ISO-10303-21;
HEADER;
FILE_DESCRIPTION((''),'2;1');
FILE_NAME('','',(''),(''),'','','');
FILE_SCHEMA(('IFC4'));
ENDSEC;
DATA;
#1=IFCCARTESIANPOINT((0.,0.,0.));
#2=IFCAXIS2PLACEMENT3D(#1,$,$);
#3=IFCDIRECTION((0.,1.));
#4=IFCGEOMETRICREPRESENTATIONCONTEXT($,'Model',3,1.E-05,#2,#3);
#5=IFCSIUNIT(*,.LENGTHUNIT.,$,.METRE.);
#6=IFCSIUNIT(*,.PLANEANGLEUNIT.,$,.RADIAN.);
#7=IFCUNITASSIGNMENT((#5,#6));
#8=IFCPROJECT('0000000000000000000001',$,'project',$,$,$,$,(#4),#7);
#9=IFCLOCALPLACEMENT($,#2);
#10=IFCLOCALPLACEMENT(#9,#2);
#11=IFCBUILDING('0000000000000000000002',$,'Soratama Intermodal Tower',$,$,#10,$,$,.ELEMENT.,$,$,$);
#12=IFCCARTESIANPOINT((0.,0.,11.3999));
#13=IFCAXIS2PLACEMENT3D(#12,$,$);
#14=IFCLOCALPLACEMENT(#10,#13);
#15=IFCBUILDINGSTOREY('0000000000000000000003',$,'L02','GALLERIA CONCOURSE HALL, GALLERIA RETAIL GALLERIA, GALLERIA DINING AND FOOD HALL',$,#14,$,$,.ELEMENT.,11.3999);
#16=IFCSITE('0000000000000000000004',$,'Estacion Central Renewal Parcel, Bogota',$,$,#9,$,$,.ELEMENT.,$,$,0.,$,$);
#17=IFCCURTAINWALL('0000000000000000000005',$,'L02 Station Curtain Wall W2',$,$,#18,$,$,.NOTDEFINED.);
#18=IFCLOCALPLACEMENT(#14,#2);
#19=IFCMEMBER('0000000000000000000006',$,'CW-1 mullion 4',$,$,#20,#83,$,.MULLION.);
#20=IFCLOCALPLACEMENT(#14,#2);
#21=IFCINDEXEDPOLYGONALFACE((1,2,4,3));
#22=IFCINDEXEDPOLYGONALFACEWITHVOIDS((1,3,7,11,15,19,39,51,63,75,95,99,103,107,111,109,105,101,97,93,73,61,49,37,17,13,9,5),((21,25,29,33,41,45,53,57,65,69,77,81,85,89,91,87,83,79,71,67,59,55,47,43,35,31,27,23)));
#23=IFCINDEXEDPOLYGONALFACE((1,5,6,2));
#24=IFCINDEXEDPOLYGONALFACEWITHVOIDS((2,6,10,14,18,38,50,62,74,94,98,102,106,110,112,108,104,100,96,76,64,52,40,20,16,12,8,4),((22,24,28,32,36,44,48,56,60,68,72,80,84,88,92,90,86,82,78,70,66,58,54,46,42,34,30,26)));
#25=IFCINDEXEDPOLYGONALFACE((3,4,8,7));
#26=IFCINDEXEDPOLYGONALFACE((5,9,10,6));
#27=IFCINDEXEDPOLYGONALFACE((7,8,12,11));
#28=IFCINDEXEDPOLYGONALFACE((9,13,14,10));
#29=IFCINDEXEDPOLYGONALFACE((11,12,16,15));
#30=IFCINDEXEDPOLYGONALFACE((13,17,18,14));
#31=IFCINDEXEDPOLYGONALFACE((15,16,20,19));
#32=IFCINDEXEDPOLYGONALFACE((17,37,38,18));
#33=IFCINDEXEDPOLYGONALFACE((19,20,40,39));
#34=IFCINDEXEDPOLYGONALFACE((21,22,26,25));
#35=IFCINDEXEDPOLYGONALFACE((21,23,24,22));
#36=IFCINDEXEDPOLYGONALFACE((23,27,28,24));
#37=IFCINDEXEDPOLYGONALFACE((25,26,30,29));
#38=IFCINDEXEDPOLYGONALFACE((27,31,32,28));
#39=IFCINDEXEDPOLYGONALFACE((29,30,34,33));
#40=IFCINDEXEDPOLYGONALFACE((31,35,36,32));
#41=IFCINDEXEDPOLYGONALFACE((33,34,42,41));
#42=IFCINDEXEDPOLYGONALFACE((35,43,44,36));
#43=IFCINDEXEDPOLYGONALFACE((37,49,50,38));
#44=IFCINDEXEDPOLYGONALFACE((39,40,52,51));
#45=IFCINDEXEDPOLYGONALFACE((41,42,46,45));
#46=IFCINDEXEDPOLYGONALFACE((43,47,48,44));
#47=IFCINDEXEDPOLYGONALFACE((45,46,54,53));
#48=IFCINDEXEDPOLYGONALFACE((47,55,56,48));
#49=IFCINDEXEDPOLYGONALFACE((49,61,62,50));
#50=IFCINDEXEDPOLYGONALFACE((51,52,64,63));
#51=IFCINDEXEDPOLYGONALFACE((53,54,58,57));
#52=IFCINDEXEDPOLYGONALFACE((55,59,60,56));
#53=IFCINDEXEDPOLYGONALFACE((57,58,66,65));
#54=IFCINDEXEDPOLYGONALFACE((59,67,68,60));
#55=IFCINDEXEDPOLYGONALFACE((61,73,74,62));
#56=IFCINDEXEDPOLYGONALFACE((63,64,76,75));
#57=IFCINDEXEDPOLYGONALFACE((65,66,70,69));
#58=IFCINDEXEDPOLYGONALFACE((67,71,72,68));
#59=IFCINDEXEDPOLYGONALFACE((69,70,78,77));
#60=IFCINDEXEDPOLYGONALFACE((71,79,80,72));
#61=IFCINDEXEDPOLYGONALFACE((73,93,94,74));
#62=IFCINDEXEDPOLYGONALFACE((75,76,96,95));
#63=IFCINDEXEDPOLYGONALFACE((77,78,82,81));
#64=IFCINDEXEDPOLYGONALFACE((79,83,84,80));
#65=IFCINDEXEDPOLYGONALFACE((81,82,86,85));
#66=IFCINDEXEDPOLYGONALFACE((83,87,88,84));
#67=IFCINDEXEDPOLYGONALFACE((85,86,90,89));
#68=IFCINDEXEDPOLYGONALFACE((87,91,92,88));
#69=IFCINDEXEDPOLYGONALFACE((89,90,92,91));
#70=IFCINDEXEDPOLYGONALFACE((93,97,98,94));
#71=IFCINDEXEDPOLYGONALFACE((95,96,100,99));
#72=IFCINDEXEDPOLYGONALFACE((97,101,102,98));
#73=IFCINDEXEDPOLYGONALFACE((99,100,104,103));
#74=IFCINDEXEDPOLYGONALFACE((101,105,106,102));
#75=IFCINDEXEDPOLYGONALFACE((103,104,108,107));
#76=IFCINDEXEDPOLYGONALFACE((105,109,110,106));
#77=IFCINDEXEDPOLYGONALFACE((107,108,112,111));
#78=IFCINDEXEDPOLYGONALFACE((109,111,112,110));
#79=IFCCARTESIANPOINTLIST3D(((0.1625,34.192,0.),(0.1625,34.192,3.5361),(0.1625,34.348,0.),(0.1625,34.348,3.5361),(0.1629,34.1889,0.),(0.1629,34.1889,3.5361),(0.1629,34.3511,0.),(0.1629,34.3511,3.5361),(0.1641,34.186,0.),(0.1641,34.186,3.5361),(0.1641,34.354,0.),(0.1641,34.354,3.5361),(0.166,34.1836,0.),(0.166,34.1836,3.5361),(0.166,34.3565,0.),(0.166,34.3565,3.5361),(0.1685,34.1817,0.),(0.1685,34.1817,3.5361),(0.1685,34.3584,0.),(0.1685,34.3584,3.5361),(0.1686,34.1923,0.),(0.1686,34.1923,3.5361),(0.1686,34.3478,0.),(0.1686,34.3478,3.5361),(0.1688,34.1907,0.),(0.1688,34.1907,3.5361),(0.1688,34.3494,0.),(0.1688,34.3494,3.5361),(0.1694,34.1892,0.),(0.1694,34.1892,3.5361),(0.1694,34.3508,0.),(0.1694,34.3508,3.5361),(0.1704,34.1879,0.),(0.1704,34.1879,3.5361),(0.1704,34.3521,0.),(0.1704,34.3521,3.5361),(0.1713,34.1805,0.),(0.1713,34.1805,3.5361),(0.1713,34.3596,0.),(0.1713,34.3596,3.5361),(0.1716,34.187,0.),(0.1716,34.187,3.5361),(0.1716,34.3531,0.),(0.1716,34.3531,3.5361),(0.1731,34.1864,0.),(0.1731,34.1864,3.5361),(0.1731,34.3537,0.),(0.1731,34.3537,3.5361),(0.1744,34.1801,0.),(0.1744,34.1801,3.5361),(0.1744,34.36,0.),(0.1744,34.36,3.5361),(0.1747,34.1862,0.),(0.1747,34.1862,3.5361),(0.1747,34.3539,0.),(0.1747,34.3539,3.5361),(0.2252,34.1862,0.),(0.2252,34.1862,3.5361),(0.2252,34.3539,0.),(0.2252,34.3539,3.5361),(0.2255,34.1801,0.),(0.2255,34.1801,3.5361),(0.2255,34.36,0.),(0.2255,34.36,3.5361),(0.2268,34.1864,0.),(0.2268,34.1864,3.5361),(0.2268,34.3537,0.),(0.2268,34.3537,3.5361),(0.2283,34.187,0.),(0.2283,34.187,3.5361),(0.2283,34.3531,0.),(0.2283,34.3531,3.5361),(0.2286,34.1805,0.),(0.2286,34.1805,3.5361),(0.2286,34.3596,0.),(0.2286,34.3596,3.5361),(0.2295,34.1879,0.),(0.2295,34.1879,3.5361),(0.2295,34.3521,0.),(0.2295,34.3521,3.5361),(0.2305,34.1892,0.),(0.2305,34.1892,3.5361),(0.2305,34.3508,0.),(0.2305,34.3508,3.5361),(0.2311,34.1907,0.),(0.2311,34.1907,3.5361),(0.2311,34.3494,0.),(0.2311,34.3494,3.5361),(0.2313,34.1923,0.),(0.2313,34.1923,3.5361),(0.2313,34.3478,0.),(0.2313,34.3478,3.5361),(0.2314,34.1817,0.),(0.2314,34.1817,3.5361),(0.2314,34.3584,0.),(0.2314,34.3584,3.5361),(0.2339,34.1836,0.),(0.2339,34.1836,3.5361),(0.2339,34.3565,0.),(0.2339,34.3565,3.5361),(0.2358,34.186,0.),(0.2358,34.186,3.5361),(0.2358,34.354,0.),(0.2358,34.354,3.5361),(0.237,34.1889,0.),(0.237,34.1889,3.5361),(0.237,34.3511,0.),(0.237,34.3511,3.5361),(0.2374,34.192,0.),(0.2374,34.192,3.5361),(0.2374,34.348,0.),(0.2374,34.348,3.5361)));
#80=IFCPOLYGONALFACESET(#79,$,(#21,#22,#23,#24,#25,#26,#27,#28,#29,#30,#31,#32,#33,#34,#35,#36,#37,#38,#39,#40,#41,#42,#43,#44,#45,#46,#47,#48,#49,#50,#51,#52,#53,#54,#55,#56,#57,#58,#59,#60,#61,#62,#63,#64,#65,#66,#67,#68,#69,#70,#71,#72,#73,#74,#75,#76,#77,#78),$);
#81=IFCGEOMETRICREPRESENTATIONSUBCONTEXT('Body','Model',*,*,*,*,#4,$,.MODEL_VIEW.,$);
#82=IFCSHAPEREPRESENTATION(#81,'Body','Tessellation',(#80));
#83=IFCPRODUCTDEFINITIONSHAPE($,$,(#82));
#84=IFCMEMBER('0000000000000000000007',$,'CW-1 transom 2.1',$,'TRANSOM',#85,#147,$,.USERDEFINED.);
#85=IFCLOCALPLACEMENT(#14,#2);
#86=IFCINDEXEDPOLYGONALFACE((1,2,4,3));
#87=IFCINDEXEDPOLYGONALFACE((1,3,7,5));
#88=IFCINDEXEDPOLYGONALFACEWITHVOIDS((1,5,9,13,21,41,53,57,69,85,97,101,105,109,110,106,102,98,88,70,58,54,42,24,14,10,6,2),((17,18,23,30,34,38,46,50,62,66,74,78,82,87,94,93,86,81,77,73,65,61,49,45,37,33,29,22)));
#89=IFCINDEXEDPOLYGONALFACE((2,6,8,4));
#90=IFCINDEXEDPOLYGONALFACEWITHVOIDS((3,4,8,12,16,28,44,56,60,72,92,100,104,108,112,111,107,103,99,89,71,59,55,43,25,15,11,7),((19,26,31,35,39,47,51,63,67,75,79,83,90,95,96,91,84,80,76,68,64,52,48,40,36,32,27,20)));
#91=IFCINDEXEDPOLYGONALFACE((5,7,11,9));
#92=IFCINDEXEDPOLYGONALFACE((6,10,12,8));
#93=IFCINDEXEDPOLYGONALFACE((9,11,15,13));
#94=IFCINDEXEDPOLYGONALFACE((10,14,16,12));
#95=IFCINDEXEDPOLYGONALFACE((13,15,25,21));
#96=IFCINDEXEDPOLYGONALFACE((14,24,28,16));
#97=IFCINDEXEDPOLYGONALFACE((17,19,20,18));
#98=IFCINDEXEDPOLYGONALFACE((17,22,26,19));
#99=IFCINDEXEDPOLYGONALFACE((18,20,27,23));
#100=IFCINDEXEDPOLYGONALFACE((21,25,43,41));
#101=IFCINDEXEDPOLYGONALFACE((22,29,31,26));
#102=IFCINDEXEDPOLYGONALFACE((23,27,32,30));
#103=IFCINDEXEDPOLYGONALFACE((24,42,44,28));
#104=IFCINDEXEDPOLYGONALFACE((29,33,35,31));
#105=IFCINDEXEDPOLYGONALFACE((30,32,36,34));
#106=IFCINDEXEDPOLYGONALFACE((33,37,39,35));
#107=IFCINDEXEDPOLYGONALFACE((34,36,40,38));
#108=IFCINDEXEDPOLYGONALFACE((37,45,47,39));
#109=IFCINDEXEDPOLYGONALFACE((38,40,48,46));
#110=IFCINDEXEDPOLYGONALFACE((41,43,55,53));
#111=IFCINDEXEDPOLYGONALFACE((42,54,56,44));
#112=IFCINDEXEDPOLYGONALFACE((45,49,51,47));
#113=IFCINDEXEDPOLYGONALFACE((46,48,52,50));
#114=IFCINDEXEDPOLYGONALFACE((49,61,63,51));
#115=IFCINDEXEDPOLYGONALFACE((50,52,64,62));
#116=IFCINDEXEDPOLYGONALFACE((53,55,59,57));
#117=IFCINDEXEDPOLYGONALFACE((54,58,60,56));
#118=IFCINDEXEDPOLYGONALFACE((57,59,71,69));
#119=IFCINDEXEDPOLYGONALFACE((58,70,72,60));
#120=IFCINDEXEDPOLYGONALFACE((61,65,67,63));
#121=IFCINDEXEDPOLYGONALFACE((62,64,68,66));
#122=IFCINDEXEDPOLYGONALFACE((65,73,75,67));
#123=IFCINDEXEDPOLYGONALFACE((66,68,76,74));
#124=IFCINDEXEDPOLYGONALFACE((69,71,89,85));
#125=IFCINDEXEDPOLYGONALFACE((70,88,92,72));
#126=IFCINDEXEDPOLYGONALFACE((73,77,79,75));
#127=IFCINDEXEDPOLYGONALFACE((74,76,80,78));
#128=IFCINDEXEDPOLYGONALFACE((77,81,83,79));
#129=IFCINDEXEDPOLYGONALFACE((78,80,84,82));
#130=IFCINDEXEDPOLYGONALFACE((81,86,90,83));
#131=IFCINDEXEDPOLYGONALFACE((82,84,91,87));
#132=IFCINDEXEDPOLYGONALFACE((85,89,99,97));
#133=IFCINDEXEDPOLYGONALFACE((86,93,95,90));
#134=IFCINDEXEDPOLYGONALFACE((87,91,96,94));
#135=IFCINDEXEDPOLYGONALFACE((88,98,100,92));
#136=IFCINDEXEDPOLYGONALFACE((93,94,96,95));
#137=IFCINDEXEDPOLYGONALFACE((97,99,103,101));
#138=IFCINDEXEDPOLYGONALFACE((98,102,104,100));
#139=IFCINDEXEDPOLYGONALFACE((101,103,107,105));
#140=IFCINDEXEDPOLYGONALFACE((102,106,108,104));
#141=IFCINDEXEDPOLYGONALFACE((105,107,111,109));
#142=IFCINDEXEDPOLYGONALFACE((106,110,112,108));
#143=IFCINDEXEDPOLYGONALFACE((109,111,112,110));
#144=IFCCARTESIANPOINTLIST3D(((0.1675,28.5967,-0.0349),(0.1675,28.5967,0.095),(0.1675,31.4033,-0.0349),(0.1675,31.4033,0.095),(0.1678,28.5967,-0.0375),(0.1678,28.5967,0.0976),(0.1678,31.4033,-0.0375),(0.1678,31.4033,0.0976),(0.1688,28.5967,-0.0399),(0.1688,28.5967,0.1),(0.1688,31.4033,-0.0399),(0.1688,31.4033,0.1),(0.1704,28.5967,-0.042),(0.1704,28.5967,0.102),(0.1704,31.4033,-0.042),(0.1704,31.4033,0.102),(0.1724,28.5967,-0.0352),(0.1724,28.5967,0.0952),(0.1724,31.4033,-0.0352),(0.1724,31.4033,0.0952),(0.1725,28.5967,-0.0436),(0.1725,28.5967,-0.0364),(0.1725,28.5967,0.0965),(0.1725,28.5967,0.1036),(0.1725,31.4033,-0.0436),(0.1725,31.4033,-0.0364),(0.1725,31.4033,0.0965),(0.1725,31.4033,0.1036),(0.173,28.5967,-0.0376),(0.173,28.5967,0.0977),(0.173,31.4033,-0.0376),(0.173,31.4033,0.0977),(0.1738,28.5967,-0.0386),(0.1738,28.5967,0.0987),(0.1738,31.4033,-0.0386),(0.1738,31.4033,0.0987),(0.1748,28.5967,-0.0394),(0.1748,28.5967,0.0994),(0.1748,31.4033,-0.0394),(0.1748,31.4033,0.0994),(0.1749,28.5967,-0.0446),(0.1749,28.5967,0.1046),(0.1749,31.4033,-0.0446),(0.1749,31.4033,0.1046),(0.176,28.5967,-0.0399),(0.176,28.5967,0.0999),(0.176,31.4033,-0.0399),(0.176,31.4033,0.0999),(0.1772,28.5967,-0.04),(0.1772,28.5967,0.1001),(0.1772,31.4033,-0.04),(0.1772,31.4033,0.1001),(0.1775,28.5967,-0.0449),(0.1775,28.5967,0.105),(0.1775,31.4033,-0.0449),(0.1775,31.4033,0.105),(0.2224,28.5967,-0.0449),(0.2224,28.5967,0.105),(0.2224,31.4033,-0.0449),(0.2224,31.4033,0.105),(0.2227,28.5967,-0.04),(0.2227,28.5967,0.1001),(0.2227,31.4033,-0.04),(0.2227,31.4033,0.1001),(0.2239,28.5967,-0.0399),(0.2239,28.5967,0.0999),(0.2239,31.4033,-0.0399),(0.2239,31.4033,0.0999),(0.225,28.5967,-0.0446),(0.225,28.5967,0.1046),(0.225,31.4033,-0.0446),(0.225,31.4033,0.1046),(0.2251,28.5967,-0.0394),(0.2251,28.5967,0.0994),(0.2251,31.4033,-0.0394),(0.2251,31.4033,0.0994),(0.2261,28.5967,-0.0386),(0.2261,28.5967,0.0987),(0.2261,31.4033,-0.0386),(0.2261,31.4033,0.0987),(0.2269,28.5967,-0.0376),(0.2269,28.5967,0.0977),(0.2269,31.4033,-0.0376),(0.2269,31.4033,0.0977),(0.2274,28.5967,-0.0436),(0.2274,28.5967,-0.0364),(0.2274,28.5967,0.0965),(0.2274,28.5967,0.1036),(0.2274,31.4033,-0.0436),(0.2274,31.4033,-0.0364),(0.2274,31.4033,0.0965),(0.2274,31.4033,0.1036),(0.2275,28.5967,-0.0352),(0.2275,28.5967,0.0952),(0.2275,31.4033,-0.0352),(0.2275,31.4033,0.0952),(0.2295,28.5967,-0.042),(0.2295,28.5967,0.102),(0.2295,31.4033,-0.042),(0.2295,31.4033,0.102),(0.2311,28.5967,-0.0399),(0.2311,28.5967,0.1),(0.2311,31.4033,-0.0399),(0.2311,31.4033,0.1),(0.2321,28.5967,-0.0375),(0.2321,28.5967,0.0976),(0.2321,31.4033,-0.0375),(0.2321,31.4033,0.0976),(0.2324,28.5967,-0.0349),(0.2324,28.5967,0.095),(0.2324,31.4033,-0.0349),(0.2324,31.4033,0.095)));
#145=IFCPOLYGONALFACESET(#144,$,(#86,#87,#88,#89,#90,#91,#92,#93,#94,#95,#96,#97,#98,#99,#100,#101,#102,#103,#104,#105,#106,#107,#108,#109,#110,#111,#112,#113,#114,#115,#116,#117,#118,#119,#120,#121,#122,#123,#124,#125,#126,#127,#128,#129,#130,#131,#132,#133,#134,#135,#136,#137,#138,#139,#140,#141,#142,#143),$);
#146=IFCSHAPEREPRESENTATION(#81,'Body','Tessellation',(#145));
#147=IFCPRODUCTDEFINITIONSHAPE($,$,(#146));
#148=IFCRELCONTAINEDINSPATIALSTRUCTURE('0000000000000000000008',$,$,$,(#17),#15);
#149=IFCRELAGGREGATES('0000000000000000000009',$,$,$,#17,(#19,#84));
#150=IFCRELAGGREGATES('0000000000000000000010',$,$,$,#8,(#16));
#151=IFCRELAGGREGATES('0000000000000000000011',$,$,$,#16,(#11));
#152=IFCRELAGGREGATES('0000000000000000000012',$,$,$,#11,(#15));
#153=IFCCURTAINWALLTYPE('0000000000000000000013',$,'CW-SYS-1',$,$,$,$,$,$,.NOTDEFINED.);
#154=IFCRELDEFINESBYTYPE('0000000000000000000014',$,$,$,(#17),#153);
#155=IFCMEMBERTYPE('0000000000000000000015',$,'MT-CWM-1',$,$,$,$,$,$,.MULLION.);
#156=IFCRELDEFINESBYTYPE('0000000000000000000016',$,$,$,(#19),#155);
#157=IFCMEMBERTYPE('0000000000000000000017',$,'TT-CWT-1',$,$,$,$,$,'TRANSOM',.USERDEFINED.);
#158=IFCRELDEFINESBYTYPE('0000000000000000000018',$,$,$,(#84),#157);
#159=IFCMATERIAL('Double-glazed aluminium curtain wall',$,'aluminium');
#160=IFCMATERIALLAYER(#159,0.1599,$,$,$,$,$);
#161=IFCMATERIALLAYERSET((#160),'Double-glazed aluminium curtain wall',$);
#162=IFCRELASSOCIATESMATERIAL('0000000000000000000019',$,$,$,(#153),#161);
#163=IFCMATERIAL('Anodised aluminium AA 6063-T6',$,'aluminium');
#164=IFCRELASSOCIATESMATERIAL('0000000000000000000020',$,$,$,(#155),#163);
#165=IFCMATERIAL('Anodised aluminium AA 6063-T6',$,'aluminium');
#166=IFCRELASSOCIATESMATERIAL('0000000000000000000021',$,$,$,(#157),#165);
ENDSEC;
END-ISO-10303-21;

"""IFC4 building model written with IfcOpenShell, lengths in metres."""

from ifc_helpers import new_model, si_unit, direction, frame, origin, origin_2d, place, context, subcontext, project, spatial, hollow_rectangle, extrude, material, layer, layer_set, material_profile, profile_set, type_object, element, aggregate, save


model = new_model("IFC4")

# Units and contexts
model_context = context("Model", 3, precision=1e-05, world=origin(), true_north=direction((0.0, 1.0)))
body_context = subcontext(model_context, "Body", "Model", "MODEL_VIEW")
ifc_project = project(units=[si_unit("LENGTHUNIT", "METRE"), si_unit("PLANEANGLEUNIT", "RADIAN")], contexts=[model_context])

# Site, building, storey
site_placement = place(None, origin())
site = spatial("IfcSite", under=ifc_project, at=site_placement, Name="Estacion Central Renewal Parcel, Bogota", CompositionType="ELEMENT", RefElevation=0.0)
building_placement = place(site_placement, origin())
building = spatial("IfcBuilding", under=site, at=building_placement, Name="Soratama Intermodal Tower", CompositionType="ELEMENT")
storey_placement = place(building_placement, frame((0.0, 0.0, 11.3999)))
storey = spatial("IfcBuildingStorey", under=building, at=storey_placement, Name="L02", Description="GALLERIA CONCOURSE HALL, GALLERIA RETAIL GALLERIA, GALLERIA DINING AND FOOD HALL", CompositionType="ELEMENT", Elevation=11.3999)

# Curtain wall, members
ifc_material_1 = material(Name="Double-glazed aluminium curtain wall", Category="aluminium")
ifc_layer_1 = layer(ifc_material_1, 0.1599)
ifc_layer_set_1 = layer_set([ifc_layer_1], Name="Double-glazed aluminium curtain wall")
curtain_wall_type = type_object("IfcCurtainWallType", Name="CW-SYS-1", PredefinedType="NOTDEFINED", material=ifc_layer_set_1)
curtain_wall_placement = place(storey_placement, origin())
curtain_wall = element("IfcCurtainWall", 1, at=curtain_wall_placement, inside=storey, type_object=curtain_wall_type, Name="L02 Station Curtain Wall W2", PredefinedType="NOTDEFINED")
ifc_material_2 = material(Name="Anodised aluminium AA 6063-T6", Category="aluminium")
ifc_material_profile_1 = material_profile(ifc_material_2, hollow_rectangle(XDim=0.075, YDim=0.1799, WallThickness=0.0061, InnerFilletRadius=0.0061, OuterFilletRadius=0.012, at=origin_2d()), Name="CWM180X75X6")
ifc_profile_set_1 = profile_set([ifc_material_profile_1], Name="Anodised aluminium AA 6063-T6")
member_type_1 = type_object("IfcMemberType", Name="MT-CWM-1", PredefinedType="MULLION", material=ifc_profile_set_1)
member_1_placement = place(storey_placement, frame((0.2, 34.27, 0.0), z_axis=(0.0, 0.0, 1.0), x_axis=(-1.0, 0.0, 0.0)))
member_1 = element("IfcMember", 2, at=member_1_placement, type_object=member_type_1, Name="CW-1 mullion 4", PredefinedType="MULLION", context=body_context, shape_type="SweptSolid", body=[
    extrude(hollow_rectangle(XDim=0.075, YDim=0.1799, WallThickness=0.0061, InnerFilletRadius=0.0061, OuterFilletRadius=0.012, at=origin_2d()), origin(), (0.0, 0.0, 1.0), 3.5361),
])
ifc_material_3 = material(Name="Anodised aluminium AA 6063-T6", Category="aluminium")
ifc_material_profile_2 = material_profile(ifc_material_3, hollow_rectangle(XDim=0.0649, YDim=0.1499, WallThickness=0.0049, InnerFilletRadius=0.0049, OuterFilletRadius=0.01, at=origin_2d()), Name="CWT150X65X5")
ifc_profile_set_2 = profile_set([ifc_material_profile_2], Name="Anodised aluminium AA 6063-T6")
member_type_2 = type_object("IfcMemberType", Name="TT-CWT-1", ElementType="TRANSOM", PredefinedType="USERDEFINED", material=ifc_profile_set_2)
member_2_placement = place(storey_placement, frame((0.2, 28.5967, 0.03), z_axis=(0.0, 1.0, 0.0), x_axis=(-1.0, 0.0, 0.0)))
member_2 = element("IfcMember", 3, at=member_2_placement, type_object=member_type_2, Name="CW-1 transom 2.1", ObjectType="TRANSOM", PredefinedType="USERDEFINED", context=body_context, shape_type="SweptSolid", body=[
    extrude(hollow_rectangle(XDim=0.0649, YDim=0.1499, WallThickness=0.0049, InnerFilletRadius=0.0049, OuterFilletRadius=0.01, at=origin_2d()), origin(), (0.0, 0.0, 1.0), 2.8066),
])
aggregate(curtain_wall, [member_1, member_2])

save(model, "model.ifc")
